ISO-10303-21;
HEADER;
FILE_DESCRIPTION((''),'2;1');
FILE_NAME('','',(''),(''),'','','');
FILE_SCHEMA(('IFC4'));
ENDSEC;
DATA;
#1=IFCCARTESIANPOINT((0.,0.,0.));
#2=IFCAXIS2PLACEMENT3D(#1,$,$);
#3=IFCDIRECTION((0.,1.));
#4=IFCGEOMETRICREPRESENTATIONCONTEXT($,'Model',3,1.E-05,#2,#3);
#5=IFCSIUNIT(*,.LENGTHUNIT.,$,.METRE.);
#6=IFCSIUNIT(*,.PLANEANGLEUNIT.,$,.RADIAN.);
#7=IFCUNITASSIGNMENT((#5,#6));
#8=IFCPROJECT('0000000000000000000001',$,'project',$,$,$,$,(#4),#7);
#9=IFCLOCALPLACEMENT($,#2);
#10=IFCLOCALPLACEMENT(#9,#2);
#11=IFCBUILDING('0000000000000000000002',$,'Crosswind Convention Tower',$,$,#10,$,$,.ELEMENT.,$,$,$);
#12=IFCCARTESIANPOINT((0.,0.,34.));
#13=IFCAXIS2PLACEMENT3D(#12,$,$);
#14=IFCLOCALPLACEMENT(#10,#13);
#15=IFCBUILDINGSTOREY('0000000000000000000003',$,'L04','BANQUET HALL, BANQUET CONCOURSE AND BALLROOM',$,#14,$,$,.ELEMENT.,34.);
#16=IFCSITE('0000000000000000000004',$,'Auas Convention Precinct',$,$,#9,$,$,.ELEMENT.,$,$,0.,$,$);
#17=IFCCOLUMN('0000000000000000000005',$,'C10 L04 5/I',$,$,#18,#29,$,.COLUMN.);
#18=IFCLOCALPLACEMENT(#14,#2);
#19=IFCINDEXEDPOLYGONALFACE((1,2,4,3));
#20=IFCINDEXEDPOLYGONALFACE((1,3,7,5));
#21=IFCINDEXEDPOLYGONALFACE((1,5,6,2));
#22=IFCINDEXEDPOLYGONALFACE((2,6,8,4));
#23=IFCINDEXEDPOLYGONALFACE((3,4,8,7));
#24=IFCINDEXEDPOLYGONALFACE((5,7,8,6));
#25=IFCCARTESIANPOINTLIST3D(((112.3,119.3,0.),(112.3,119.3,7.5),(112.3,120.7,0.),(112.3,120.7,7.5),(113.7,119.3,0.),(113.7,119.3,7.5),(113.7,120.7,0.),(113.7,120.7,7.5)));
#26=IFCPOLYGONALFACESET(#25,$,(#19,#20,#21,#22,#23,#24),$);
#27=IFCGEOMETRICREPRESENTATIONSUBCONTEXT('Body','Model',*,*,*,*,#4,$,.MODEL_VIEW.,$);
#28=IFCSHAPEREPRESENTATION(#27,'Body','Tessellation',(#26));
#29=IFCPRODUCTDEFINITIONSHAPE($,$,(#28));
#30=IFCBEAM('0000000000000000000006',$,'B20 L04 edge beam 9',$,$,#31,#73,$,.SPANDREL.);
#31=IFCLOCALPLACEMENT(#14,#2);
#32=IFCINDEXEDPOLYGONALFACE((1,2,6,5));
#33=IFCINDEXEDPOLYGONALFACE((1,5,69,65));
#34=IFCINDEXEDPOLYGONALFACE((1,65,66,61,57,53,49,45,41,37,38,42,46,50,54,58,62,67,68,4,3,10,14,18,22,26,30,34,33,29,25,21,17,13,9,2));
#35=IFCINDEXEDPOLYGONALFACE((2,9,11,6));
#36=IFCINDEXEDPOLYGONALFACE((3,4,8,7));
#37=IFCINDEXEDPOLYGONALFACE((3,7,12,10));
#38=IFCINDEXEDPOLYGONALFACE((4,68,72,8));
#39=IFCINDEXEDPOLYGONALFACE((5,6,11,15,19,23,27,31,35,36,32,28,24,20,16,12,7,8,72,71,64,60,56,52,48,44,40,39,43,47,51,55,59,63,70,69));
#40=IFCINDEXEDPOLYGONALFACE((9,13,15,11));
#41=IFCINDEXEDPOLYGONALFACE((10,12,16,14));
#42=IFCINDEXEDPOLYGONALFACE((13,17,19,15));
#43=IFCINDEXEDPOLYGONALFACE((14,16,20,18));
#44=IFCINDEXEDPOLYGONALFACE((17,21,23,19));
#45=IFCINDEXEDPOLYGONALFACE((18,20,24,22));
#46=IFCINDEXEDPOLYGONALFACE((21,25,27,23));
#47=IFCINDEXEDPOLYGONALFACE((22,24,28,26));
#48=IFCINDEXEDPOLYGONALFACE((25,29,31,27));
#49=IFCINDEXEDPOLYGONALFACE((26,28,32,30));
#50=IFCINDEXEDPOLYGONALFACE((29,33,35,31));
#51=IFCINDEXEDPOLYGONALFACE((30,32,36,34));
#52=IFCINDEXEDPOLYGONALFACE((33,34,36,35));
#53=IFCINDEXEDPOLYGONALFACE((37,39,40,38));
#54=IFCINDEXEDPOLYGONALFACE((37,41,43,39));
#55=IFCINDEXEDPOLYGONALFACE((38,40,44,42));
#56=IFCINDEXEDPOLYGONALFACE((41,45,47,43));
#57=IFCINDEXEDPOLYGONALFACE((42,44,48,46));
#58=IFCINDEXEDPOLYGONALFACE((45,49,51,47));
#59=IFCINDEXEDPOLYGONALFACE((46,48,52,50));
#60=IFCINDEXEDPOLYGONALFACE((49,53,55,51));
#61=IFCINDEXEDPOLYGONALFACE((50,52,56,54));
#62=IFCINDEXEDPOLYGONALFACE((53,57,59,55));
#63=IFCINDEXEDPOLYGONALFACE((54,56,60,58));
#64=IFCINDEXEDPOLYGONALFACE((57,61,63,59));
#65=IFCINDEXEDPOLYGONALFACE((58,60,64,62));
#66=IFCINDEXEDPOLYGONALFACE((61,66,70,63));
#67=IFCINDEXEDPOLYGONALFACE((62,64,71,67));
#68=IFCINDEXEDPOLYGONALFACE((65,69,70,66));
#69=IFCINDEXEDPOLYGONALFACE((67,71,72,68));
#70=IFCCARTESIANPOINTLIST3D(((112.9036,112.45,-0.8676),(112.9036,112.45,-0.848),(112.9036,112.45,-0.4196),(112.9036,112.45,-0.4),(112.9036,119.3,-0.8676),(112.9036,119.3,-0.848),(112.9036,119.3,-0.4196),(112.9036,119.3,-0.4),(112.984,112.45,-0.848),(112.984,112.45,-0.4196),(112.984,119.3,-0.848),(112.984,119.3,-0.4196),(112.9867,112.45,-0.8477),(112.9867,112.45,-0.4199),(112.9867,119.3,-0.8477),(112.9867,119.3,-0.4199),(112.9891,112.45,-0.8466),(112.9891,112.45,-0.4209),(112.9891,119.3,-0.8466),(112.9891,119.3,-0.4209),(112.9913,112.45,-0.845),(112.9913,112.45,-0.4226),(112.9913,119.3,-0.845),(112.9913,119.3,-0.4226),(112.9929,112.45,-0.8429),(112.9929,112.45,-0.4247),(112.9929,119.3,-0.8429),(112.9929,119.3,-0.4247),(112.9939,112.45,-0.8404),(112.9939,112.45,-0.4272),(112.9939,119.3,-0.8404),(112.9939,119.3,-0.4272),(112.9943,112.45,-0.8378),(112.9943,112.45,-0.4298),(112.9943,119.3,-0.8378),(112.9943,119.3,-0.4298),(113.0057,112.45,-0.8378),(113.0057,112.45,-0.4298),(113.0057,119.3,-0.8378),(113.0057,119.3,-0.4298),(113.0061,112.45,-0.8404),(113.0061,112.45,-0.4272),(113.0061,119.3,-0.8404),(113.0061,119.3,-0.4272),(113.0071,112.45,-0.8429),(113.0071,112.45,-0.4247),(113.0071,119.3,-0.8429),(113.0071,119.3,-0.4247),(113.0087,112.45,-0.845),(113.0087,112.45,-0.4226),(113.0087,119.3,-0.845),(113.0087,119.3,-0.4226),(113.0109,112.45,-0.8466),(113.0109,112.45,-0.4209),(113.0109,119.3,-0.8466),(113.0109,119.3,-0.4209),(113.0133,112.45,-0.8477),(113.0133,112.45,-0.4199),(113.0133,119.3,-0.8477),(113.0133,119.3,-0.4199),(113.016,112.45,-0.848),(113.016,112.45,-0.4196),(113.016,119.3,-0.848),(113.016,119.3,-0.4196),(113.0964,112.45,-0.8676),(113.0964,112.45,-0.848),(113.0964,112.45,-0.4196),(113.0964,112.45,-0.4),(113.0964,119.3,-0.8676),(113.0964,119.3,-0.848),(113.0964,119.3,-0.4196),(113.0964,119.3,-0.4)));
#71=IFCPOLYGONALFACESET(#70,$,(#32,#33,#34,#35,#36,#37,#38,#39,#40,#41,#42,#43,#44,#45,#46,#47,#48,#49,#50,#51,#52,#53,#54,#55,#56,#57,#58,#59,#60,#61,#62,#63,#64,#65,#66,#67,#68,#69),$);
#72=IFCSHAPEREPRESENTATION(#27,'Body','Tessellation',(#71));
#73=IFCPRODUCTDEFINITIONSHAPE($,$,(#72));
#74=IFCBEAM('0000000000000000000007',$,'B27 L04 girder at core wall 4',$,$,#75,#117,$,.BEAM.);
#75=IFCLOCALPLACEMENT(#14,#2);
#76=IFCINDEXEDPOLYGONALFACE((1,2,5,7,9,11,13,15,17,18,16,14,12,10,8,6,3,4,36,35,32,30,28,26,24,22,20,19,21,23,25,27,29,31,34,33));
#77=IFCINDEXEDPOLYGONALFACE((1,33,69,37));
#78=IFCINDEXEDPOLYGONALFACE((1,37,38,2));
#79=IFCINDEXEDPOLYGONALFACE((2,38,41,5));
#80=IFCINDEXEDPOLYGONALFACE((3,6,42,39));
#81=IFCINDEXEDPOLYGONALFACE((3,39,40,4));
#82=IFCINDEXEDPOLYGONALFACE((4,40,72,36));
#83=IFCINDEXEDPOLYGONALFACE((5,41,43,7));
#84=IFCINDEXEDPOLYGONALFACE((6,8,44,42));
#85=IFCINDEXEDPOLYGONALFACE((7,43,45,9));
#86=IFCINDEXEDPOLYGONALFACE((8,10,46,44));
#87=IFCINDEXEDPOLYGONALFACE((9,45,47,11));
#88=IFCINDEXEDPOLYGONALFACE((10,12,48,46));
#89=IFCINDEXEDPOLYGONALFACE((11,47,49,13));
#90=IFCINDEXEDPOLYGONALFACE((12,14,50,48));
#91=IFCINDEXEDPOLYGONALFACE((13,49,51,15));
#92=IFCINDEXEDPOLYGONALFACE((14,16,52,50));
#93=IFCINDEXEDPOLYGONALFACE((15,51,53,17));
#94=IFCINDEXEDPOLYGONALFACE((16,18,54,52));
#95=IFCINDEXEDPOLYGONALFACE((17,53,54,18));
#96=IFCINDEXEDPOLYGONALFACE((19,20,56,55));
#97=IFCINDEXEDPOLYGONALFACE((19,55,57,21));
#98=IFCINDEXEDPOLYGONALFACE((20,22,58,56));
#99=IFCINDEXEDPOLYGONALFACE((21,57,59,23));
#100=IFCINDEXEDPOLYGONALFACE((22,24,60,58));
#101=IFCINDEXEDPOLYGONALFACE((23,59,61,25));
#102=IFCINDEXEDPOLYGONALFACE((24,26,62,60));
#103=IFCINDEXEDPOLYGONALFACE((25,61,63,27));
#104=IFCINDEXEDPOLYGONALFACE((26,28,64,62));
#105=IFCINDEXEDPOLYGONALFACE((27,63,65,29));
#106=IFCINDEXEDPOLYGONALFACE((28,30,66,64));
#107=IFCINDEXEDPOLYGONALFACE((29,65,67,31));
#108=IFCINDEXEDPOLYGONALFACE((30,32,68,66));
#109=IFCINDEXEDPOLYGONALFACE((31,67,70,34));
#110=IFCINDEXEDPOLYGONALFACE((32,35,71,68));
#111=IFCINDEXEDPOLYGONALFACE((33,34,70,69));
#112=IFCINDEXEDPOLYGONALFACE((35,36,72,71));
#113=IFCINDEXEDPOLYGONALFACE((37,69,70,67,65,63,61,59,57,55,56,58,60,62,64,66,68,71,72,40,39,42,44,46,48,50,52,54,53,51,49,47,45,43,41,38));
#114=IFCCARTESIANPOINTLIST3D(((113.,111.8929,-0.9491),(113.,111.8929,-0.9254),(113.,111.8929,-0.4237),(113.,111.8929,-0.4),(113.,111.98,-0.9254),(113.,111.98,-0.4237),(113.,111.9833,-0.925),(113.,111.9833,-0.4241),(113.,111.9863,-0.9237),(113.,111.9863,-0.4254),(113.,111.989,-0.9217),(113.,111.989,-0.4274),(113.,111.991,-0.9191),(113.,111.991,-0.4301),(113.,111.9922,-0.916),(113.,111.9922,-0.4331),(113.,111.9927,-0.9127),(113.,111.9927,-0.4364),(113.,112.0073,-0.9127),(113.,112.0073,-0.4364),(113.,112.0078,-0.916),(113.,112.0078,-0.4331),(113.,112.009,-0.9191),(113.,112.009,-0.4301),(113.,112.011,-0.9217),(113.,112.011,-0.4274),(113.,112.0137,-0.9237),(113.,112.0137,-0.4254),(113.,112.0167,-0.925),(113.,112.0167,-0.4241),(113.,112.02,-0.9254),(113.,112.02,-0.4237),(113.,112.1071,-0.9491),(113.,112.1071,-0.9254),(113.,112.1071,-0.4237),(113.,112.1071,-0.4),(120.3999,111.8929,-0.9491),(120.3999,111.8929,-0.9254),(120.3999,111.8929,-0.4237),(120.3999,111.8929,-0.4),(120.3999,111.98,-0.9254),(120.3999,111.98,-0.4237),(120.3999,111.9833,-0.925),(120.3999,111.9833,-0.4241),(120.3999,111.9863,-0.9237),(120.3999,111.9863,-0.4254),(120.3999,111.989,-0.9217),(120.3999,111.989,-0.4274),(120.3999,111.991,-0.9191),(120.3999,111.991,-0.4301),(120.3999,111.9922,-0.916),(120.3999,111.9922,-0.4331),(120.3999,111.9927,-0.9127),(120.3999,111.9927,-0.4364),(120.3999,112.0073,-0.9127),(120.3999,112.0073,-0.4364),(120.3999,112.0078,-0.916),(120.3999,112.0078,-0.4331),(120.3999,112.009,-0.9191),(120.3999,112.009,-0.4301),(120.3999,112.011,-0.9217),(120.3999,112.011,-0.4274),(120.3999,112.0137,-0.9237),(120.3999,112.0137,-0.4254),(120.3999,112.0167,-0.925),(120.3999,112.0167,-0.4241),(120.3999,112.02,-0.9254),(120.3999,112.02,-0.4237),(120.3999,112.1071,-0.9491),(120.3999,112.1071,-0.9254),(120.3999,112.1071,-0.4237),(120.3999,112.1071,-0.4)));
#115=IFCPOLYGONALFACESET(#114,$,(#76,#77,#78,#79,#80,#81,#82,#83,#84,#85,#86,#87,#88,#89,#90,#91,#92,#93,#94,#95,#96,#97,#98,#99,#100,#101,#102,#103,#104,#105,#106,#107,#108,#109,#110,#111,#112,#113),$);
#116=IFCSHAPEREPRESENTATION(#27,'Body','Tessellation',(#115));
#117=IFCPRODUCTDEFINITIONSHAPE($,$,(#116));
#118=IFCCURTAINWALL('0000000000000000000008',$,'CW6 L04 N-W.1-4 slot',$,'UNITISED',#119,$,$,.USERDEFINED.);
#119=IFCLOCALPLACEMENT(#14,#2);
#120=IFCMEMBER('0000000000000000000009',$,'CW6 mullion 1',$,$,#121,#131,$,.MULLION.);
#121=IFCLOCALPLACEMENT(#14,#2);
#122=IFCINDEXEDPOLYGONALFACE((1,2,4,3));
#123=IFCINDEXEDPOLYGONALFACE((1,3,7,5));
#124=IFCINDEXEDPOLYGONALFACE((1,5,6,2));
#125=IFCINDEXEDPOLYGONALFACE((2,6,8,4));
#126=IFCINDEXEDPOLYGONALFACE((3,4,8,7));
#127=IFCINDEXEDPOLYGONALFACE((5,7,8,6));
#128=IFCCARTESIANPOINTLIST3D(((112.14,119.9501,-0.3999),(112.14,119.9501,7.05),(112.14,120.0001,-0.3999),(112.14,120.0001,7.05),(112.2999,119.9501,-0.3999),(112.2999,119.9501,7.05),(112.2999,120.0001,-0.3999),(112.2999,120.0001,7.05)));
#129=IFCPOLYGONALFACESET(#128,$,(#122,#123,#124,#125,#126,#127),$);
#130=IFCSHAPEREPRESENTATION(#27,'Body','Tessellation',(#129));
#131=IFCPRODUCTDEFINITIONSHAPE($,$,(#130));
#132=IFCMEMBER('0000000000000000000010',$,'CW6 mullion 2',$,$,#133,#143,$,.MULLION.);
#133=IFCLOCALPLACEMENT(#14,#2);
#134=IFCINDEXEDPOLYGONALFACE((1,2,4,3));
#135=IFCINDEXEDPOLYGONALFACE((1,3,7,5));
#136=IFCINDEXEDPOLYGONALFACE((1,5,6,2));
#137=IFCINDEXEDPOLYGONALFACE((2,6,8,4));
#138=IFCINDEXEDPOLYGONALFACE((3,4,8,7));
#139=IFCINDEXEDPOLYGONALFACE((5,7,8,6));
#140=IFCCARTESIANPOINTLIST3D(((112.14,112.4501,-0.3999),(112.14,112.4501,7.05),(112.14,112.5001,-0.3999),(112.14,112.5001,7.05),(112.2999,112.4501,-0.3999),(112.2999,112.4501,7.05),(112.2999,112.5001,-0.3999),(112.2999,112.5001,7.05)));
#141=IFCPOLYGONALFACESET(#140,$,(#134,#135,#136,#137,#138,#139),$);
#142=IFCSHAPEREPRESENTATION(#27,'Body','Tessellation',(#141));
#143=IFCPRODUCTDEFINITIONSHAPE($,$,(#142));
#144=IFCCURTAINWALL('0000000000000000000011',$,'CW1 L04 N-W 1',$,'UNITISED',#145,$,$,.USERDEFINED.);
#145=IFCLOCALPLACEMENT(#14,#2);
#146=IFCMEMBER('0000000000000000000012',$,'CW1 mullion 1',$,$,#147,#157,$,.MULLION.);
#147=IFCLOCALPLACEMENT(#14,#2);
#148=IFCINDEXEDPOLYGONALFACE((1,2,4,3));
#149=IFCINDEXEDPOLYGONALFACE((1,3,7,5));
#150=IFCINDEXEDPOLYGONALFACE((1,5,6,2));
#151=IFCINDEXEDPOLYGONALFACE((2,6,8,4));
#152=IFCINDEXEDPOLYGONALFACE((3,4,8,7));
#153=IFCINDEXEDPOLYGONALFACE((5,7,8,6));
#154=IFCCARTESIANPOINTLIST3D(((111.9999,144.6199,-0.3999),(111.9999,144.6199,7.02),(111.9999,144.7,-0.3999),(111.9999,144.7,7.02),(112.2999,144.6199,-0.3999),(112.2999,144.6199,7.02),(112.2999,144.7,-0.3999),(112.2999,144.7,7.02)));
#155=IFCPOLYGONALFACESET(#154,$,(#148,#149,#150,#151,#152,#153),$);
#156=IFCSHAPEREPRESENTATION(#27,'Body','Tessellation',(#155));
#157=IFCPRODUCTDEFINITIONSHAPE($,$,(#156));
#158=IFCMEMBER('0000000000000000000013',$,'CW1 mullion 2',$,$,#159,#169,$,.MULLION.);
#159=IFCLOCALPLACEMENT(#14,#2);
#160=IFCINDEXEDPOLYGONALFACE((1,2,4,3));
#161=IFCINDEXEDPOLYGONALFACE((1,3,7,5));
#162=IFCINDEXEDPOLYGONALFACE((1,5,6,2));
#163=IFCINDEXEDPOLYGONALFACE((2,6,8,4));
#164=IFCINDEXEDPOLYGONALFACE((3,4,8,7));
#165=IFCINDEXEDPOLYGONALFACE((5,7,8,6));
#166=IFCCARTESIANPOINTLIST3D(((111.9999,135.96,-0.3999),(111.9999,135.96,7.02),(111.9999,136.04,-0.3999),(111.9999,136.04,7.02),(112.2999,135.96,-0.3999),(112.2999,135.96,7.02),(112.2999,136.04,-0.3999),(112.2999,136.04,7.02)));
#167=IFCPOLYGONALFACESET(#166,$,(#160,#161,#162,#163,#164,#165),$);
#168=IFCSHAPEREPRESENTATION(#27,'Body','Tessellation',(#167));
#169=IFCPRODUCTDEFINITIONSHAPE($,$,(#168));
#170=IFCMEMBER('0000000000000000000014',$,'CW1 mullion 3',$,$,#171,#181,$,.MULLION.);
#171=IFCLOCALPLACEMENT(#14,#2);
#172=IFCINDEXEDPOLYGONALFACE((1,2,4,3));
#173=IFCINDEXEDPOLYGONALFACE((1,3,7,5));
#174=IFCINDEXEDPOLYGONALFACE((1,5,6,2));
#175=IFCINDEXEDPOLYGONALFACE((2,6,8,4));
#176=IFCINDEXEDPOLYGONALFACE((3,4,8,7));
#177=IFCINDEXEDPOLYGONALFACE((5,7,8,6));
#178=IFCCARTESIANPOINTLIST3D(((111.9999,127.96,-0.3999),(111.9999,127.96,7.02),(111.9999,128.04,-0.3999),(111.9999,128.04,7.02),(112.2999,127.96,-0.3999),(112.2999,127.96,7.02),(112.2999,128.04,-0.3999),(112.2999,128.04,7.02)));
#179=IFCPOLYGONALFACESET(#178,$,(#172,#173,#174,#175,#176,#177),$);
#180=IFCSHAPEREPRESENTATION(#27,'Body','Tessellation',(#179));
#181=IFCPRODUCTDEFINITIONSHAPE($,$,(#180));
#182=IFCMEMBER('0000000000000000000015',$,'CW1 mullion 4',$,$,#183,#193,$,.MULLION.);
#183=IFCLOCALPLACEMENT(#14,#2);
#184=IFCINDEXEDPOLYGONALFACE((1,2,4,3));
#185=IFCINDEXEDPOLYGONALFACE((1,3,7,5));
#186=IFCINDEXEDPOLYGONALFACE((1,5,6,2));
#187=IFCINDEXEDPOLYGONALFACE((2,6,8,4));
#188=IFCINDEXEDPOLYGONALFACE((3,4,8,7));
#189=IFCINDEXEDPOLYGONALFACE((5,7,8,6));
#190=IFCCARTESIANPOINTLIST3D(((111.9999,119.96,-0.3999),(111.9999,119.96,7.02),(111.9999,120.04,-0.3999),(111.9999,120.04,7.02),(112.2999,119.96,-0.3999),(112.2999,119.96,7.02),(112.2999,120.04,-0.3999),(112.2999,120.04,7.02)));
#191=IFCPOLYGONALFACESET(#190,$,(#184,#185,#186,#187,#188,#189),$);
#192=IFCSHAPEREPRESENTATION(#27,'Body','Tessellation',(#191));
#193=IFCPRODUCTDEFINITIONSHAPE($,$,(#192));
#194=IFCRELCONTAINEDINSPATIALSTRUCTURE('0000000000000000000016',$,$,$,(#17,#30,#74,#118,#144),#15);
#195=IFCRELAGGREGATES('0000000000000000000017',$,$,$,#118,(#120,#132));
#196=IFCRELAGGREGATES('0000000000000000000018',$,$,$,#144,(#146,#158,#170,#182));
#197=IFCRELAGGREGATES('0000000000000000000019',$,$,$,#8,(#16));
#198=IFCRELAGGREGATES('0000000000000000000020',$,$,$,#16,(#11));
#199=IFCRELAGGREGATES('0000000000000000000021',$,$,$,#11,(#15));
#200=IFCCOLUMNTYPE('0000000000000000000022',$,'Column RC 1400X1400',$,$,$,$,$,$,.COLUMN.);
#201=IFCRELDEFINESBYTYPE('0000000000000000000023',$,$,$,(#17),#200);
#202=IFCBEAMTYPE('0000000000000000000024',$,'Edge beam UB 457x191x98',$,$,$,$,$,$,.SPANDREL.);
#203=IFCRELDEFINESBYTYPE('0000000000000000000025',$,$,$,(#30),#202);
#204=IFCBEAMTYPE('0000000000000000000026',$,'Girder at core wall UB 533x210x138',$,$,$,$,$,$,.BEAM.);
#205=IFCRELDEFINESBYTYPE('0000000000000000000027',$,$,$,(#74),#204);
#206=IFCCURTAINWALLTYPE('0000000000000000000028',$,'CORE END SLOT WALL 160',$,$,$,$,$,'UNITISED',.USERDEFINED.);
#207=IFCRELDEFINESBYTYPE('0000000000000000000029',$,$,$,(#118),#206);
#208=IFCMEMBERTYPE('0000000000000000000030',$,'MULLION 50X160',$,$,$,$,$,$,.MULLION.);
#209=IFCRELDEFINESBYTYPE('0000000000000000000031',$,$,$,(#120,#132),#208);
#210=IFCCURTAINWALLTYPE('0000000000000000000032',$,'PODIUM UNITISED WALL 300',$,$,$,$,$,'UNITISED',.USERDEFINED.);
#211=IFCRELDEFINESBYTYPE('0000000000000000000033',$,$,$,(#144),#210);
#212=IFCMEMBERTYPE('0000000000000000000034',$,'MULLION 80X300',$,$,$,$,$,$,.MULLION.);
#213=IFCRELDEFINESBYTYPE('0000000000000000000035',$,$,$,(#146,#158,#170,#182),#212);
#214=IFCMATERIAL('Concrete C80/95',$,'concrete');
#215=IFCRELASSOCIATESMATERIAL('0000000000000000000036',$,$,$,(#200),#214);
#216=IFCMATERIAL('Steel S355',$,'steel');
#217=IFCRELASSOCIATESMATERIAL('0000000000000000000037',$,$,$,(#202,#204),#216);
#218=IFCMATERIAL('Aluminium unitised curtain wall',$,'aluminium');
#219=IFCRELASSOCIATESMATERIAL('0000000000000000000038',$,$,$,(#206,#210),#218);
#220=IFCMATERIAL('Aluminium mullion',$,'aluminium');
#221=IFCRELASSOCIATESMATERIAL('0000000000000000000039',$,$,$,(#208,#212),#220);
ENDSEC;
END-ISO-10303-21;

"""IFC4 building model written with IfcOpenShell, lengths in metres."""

from ifc_helpers import new_model, si_unit, direction, frame, origin, origin_2d, place, context, subcontext, project, spatial, rectangle, i_section, extrude, material, material_profile, profile_set, type_object, element, aggregate, save


model = new_model("IFC4")

# Units and contexts
model_context = context("Model", 3, precision=1e-05, world=origin(), true_north=direction((0.0, 1.0)))
body_context = subcontext(model_context, "Body", "Model", "MODEL_VIEW")
ifc_project = project(units=[si_unit("LENGTHUNIT", "METRE"), si_unit("PLANEANGLEUNIT", "RADIAN")], contexts=[model_context])

# Site, building, storey
site_placement = place(None, origin())
site = spatial("IfcSite", under=ifc_project, at=site_placement, Name="Auas Convention Precinct", CompositionType="ELEMENT", RefElevation=0.0)
building_placement = place(site_placement, origin())
building = spatial("IfcBuilding", under=site, at=building_placement, Name="Crosswind Convention Tower", CompositionType="ELEMENT")
storey_placement = place(building_placement, frame((0.0, 0.0, 34.0)))
storey = spatial("IfcBuildingStorey", under=building, at=storey_placement, Name="L04", Description="BANQUET HALL, BANQUET CONCOURSE AND BALLROOM", CompositionType="ELEMENT", Elevation=34.0)

# Column
ifc_material_1 = material(Name="Concrete C80/95", Category="concrete")
ifc_material_profile_1 = material_profile(ifc_material_1, rectangle(XDim=1.3999, YDim=1.3999, at=origin_2d()), Name="RC 1400X1400")
ifc_profile_set_1 = profile_set([ifc_material_profile_1], Name="Concrete C80/95")
column_type = type_object("IfcColumnType", Name="Column RC 1400X1400", PredefinedType="COLUMN", material=ifc_profile_set_1)
column_placement = place(storey_placement, frame((113.0, 120.0, 0.0), z_axis=(0.0, 0.0, 1.0), x_axis=(1.0, 0.0, 0.0)))
element("IfcColumn", 1, at=column_placement, inside=storey, type_object=column_type, Name="C10 L04 5/I", PredefinedType="COLUMN", context=body_context, shape_type="SweptSolid", body=[
    extrude(rectangle(XDim=1.3999, YDim=1.3999, at=origin_2d()), origin(), (0.0, 0.0, 1.0), 7.5),
])

# Beams
ifc_material_2 = material(Name="Steel S355", Category="steel")
ifc_material_profile_2 = material_profile(ifc_material_2, i_section(OverallWidth=0.1929, OverallDepth=0.4675, WebThickness=0.0115, FlangeThickness=0.0195, FilletRadius=0.0103, at=origin_2d()), Name="UB 457x191x98")
ifc_profile_set_2 = profile_set([ifc_material_profile_2], Name="Steel S355")
beam_type_1 = type_object("IfcBeamType", Name="Edge beam UB 457x191x98", PredefinedType="SPANDREL", material=ifc_profile_set_2)
beam_1_placement = place(storey_placement, frame((113.0, 112.45, -0.6338), z_axis=(0.0, 1.0, 0.0), x_axis=(-1.0, 0.0, 0.0)))
element("IfcBeam", 2, at=beam_1_placement, inside=storey, type_object=beam_type_1, Name="B20 L04 edge beam 9", PredefinedType="SPANDREL", context=body_context, shape_type="SweptSolid", body=[
    extrude(i_section(OverallWidth=0.1929, OverallDepth=0.4675, WebThickness=0.0115, FlangeThickness=0.0195, FilletRadius=0.0103, at=origin_2d()), origin(), (0.0, 0.0, 1.0), 6.8501),
])
ifc_material_profile_3 = material_profile(ifc_material_2, i_section(OverallWidth=0.2141, OverallDepth=0.5491, WebThickness=0.0146, FlangeThickness=0.0237, FilletRadius=0.0127, at=origin_2d()), Name="UB 533x210x138")
ifc_profile_set_3 = profile_set([ifc_material_profile_3], Name="Steel S355")
beam_type_2 = type_object("IfcBeamType", Name="Girder at core wall UB 533x210x138", PredefinedType="BEAM", material=ifc_profile_set_3)
beam_2_placement = place(storey_placement, frame((113.0, 112.0, -0.6746), z_axis=(1.0, 0.0, 0.0), x_axis=(0.0, 1.0, 0.0)))
element("IfcBeam", 3, at=beam_2_placement, inside=storey, type_object=beam_type_2, Name="B27 L04 girder at core wall 4", PredefinedType="BEAM", context=body_context, shape_type="SweptSolid", body=[
    extrude(i_section(OverallWidth=0.2141, OverallDepth=0.5491, WebThickness=0.0146, FlangeThickness=0.0237, FilletRadius=0.0127, at=origin_2d()), origin(), (0.0, 0.0, 1.0), 7.3999),
])

# Curtain walls, members
ifc_material_3 = material(Name="Aluminium unitised curtain wall", Category="aluminium")
curtain_wall_type_1 = type_object("IfcCurtainWallType", Name="CORE END SLOT WALL 160", ElementType="UNITISED", PredefinedType="USERDEFINED", material=ifc_material_3)
curtain_wall_1_placement = place(storey_placement, origin())
curtain_wall_1 = element("IfcCurtainWall", 4, at=curtain_wall_1_placement, inside=storey, type_object=curtain_wall_type_1, Name="CW6 L04 N-W.1-4 slot", ObjectType="UNITISED", PredefinedType="USERDEFINED")
ifc_material_4 = material(Name="Aluminium mullion", Category="aluminium")
ifc_material_profile_4 = material_profile(ifc_material_4, rectangle(XDim=0.1599, YDim=0.05, at=origin_2d()), Name="AL 160X50")
ifc_profile_set_4 = profile_set([ifc_material_profile_4], Name="Aluminium mullion")
member_type_1 = type_object("IfcMemberType", Name="MULLION 50X160", PredefinedType="MULLION", material=ifc_profile_set_4)
member_1_placement = place(storey_placement, frame((112.22, 119.9751, -0.3999), z_axis=(0.0, 0.0, 1.0), x_axis=(-1.0, 0.0, 0.0)))
member_1 = element("IfcMember", 5, at=member_1_placement, type_object=member_type_1, Name="CW6 mullion 1", PredefinedType="MULLION", context=body_context, shape_type="SweptSolid", body=[
    extrude(rectangle(XDim=0.1599, YDim=0.05, at=origin_2d()), origin(), (0.0, 0.0, 1.0), 7.45),
])
member_2_placement = place(storey_placement, frame((112.22, 112.4751, -0.3999), z_axis=(0.0, 0.0, 1.0), x_axis=(-1.0, 0.0, 0.0)))
member_2 = element("IfcMember", 6, at=member_2_placement, type_object=member_type_1, Name="CW6 mullion 2", PredefinedType="MULLION", context=body_context, shape_type="SweptSolid", body=[
    extrude(rectangle(XDim=0.1599, YDim=0.05, at=origin_2d()), origin(), (0.0, 0.0, 1.0), 7.45),
])
curtain_wall_type_2 = type_object("IfcCurtainWallType", Name="PODIUM UNITISED WALL 300", ElementType="UNITISED", PredefinedType="USERDEFINED", material=ifc_material_3)
curtain_wall_2_placement = place(storey_placement, origin())
curtain_wall_2 = element("IfcCurtainWall", 7, at=curtain_wall_2_placement, inside=storey, type_object=curtain_wall_type_2, Name="CW1 L04 N-W 1", ObjectType="UNITISED", PredefinedType="USERDEFINED")
ifc_material_profile_5 = material_profile(ifc_material_4, rectangle(XDim=0.3, YDim=0.0801, at=origin_2d()), Name="AL 300X80")
ifc_profile_set_5 = profile_set([ifc_material_profile_5], Name="Aluminium mullion")
member_type_2 = type_object("IfcMemberType", Name="MULLION 80X300", PredefinedType="MULLION", material=ifc_profile_set_5)
member_3_placement = place(storey_placement, frame((112.1499, 144.6599, -0.3999), z_axis=(0.0, 0.0, 1.0), x_axis=(-1.0, 0.0, 0.0)))
member_3 = element("IfcMember", 8, at=member_3_placement, type_object=member_type_2, Name="CW1 mullion 1", PredefinedType="MULLION", context=body_context, shape_type="SweptSolid", body=[
    extrude(rectangle(XDim=0.3, YDim=0.0801, at=origin_2d()), origin(), (0.0, 0.0, 1.0), 7.4199),
])
member_4_placement = place(storey_placement, frame((112.1499, 136.0, -0.3999), z_axis=(0.0, 0.0, 1.0), x_axis=(-1.0, 0.0, 0.0)))
member_4 = element("IfcMember", 9, at=member_4_placement, type_object=member_type_2, Name="CW1 mullion 2", PredefinedType="MULLION", context=body_context, shape_type="SweptSolid", body=[
    extrude(rectangle(XDim=0.3, YDim=0.0801, at=origin_2d()), origin(), (0.0, 0.0, 1.0), 7.4199),
])
member_5_placement = place(storey_placement, frame((112.1499, 128.0, -0.3999), z_axis=(0.0, 0.0, 1.0), x_axis=(-1.0, 0.0, 0.0)))
member_5 = element("IfcMember", 10, at=member_5_placement, type_object=member_type_2, Name="CW1 mullion 3", PredefinedType="MULLION", context=body_context, shape_type="SweptSolid", body=[
    extrude(rectangle(XDim=0.3, YDim=0.0801, at=origin_2d()), origin(), (0.0, 0.0, 1.0), 7.4199),
])
member_6_placement = place(storey_placement, frame((112.1499, 120.0, -0.3999), z_axis=(0.0, 0.0, 1.0), x_axis=(-1.0, 0.0, 0.0)))
member_6 = element("IfcMember", 11, at=member_6_placement, type_object=member_type_2, Name="CW1 mullion 4", PredefinedType="MULLION", context=body_context, shape_type="SweptSolid", body=[
    extrude(rectangle(XDim=0.3, YDim=0.0801, at=origin_2d()), origin(), (0.0, 0.0, 1.0), 7.4199),
])

aggregate(curtain_wall_1, [member_1, member_2])
aggregate(curtain_wall_2, [member_3, member_4, member_5, member_6])

save(model, "model.ifc")
